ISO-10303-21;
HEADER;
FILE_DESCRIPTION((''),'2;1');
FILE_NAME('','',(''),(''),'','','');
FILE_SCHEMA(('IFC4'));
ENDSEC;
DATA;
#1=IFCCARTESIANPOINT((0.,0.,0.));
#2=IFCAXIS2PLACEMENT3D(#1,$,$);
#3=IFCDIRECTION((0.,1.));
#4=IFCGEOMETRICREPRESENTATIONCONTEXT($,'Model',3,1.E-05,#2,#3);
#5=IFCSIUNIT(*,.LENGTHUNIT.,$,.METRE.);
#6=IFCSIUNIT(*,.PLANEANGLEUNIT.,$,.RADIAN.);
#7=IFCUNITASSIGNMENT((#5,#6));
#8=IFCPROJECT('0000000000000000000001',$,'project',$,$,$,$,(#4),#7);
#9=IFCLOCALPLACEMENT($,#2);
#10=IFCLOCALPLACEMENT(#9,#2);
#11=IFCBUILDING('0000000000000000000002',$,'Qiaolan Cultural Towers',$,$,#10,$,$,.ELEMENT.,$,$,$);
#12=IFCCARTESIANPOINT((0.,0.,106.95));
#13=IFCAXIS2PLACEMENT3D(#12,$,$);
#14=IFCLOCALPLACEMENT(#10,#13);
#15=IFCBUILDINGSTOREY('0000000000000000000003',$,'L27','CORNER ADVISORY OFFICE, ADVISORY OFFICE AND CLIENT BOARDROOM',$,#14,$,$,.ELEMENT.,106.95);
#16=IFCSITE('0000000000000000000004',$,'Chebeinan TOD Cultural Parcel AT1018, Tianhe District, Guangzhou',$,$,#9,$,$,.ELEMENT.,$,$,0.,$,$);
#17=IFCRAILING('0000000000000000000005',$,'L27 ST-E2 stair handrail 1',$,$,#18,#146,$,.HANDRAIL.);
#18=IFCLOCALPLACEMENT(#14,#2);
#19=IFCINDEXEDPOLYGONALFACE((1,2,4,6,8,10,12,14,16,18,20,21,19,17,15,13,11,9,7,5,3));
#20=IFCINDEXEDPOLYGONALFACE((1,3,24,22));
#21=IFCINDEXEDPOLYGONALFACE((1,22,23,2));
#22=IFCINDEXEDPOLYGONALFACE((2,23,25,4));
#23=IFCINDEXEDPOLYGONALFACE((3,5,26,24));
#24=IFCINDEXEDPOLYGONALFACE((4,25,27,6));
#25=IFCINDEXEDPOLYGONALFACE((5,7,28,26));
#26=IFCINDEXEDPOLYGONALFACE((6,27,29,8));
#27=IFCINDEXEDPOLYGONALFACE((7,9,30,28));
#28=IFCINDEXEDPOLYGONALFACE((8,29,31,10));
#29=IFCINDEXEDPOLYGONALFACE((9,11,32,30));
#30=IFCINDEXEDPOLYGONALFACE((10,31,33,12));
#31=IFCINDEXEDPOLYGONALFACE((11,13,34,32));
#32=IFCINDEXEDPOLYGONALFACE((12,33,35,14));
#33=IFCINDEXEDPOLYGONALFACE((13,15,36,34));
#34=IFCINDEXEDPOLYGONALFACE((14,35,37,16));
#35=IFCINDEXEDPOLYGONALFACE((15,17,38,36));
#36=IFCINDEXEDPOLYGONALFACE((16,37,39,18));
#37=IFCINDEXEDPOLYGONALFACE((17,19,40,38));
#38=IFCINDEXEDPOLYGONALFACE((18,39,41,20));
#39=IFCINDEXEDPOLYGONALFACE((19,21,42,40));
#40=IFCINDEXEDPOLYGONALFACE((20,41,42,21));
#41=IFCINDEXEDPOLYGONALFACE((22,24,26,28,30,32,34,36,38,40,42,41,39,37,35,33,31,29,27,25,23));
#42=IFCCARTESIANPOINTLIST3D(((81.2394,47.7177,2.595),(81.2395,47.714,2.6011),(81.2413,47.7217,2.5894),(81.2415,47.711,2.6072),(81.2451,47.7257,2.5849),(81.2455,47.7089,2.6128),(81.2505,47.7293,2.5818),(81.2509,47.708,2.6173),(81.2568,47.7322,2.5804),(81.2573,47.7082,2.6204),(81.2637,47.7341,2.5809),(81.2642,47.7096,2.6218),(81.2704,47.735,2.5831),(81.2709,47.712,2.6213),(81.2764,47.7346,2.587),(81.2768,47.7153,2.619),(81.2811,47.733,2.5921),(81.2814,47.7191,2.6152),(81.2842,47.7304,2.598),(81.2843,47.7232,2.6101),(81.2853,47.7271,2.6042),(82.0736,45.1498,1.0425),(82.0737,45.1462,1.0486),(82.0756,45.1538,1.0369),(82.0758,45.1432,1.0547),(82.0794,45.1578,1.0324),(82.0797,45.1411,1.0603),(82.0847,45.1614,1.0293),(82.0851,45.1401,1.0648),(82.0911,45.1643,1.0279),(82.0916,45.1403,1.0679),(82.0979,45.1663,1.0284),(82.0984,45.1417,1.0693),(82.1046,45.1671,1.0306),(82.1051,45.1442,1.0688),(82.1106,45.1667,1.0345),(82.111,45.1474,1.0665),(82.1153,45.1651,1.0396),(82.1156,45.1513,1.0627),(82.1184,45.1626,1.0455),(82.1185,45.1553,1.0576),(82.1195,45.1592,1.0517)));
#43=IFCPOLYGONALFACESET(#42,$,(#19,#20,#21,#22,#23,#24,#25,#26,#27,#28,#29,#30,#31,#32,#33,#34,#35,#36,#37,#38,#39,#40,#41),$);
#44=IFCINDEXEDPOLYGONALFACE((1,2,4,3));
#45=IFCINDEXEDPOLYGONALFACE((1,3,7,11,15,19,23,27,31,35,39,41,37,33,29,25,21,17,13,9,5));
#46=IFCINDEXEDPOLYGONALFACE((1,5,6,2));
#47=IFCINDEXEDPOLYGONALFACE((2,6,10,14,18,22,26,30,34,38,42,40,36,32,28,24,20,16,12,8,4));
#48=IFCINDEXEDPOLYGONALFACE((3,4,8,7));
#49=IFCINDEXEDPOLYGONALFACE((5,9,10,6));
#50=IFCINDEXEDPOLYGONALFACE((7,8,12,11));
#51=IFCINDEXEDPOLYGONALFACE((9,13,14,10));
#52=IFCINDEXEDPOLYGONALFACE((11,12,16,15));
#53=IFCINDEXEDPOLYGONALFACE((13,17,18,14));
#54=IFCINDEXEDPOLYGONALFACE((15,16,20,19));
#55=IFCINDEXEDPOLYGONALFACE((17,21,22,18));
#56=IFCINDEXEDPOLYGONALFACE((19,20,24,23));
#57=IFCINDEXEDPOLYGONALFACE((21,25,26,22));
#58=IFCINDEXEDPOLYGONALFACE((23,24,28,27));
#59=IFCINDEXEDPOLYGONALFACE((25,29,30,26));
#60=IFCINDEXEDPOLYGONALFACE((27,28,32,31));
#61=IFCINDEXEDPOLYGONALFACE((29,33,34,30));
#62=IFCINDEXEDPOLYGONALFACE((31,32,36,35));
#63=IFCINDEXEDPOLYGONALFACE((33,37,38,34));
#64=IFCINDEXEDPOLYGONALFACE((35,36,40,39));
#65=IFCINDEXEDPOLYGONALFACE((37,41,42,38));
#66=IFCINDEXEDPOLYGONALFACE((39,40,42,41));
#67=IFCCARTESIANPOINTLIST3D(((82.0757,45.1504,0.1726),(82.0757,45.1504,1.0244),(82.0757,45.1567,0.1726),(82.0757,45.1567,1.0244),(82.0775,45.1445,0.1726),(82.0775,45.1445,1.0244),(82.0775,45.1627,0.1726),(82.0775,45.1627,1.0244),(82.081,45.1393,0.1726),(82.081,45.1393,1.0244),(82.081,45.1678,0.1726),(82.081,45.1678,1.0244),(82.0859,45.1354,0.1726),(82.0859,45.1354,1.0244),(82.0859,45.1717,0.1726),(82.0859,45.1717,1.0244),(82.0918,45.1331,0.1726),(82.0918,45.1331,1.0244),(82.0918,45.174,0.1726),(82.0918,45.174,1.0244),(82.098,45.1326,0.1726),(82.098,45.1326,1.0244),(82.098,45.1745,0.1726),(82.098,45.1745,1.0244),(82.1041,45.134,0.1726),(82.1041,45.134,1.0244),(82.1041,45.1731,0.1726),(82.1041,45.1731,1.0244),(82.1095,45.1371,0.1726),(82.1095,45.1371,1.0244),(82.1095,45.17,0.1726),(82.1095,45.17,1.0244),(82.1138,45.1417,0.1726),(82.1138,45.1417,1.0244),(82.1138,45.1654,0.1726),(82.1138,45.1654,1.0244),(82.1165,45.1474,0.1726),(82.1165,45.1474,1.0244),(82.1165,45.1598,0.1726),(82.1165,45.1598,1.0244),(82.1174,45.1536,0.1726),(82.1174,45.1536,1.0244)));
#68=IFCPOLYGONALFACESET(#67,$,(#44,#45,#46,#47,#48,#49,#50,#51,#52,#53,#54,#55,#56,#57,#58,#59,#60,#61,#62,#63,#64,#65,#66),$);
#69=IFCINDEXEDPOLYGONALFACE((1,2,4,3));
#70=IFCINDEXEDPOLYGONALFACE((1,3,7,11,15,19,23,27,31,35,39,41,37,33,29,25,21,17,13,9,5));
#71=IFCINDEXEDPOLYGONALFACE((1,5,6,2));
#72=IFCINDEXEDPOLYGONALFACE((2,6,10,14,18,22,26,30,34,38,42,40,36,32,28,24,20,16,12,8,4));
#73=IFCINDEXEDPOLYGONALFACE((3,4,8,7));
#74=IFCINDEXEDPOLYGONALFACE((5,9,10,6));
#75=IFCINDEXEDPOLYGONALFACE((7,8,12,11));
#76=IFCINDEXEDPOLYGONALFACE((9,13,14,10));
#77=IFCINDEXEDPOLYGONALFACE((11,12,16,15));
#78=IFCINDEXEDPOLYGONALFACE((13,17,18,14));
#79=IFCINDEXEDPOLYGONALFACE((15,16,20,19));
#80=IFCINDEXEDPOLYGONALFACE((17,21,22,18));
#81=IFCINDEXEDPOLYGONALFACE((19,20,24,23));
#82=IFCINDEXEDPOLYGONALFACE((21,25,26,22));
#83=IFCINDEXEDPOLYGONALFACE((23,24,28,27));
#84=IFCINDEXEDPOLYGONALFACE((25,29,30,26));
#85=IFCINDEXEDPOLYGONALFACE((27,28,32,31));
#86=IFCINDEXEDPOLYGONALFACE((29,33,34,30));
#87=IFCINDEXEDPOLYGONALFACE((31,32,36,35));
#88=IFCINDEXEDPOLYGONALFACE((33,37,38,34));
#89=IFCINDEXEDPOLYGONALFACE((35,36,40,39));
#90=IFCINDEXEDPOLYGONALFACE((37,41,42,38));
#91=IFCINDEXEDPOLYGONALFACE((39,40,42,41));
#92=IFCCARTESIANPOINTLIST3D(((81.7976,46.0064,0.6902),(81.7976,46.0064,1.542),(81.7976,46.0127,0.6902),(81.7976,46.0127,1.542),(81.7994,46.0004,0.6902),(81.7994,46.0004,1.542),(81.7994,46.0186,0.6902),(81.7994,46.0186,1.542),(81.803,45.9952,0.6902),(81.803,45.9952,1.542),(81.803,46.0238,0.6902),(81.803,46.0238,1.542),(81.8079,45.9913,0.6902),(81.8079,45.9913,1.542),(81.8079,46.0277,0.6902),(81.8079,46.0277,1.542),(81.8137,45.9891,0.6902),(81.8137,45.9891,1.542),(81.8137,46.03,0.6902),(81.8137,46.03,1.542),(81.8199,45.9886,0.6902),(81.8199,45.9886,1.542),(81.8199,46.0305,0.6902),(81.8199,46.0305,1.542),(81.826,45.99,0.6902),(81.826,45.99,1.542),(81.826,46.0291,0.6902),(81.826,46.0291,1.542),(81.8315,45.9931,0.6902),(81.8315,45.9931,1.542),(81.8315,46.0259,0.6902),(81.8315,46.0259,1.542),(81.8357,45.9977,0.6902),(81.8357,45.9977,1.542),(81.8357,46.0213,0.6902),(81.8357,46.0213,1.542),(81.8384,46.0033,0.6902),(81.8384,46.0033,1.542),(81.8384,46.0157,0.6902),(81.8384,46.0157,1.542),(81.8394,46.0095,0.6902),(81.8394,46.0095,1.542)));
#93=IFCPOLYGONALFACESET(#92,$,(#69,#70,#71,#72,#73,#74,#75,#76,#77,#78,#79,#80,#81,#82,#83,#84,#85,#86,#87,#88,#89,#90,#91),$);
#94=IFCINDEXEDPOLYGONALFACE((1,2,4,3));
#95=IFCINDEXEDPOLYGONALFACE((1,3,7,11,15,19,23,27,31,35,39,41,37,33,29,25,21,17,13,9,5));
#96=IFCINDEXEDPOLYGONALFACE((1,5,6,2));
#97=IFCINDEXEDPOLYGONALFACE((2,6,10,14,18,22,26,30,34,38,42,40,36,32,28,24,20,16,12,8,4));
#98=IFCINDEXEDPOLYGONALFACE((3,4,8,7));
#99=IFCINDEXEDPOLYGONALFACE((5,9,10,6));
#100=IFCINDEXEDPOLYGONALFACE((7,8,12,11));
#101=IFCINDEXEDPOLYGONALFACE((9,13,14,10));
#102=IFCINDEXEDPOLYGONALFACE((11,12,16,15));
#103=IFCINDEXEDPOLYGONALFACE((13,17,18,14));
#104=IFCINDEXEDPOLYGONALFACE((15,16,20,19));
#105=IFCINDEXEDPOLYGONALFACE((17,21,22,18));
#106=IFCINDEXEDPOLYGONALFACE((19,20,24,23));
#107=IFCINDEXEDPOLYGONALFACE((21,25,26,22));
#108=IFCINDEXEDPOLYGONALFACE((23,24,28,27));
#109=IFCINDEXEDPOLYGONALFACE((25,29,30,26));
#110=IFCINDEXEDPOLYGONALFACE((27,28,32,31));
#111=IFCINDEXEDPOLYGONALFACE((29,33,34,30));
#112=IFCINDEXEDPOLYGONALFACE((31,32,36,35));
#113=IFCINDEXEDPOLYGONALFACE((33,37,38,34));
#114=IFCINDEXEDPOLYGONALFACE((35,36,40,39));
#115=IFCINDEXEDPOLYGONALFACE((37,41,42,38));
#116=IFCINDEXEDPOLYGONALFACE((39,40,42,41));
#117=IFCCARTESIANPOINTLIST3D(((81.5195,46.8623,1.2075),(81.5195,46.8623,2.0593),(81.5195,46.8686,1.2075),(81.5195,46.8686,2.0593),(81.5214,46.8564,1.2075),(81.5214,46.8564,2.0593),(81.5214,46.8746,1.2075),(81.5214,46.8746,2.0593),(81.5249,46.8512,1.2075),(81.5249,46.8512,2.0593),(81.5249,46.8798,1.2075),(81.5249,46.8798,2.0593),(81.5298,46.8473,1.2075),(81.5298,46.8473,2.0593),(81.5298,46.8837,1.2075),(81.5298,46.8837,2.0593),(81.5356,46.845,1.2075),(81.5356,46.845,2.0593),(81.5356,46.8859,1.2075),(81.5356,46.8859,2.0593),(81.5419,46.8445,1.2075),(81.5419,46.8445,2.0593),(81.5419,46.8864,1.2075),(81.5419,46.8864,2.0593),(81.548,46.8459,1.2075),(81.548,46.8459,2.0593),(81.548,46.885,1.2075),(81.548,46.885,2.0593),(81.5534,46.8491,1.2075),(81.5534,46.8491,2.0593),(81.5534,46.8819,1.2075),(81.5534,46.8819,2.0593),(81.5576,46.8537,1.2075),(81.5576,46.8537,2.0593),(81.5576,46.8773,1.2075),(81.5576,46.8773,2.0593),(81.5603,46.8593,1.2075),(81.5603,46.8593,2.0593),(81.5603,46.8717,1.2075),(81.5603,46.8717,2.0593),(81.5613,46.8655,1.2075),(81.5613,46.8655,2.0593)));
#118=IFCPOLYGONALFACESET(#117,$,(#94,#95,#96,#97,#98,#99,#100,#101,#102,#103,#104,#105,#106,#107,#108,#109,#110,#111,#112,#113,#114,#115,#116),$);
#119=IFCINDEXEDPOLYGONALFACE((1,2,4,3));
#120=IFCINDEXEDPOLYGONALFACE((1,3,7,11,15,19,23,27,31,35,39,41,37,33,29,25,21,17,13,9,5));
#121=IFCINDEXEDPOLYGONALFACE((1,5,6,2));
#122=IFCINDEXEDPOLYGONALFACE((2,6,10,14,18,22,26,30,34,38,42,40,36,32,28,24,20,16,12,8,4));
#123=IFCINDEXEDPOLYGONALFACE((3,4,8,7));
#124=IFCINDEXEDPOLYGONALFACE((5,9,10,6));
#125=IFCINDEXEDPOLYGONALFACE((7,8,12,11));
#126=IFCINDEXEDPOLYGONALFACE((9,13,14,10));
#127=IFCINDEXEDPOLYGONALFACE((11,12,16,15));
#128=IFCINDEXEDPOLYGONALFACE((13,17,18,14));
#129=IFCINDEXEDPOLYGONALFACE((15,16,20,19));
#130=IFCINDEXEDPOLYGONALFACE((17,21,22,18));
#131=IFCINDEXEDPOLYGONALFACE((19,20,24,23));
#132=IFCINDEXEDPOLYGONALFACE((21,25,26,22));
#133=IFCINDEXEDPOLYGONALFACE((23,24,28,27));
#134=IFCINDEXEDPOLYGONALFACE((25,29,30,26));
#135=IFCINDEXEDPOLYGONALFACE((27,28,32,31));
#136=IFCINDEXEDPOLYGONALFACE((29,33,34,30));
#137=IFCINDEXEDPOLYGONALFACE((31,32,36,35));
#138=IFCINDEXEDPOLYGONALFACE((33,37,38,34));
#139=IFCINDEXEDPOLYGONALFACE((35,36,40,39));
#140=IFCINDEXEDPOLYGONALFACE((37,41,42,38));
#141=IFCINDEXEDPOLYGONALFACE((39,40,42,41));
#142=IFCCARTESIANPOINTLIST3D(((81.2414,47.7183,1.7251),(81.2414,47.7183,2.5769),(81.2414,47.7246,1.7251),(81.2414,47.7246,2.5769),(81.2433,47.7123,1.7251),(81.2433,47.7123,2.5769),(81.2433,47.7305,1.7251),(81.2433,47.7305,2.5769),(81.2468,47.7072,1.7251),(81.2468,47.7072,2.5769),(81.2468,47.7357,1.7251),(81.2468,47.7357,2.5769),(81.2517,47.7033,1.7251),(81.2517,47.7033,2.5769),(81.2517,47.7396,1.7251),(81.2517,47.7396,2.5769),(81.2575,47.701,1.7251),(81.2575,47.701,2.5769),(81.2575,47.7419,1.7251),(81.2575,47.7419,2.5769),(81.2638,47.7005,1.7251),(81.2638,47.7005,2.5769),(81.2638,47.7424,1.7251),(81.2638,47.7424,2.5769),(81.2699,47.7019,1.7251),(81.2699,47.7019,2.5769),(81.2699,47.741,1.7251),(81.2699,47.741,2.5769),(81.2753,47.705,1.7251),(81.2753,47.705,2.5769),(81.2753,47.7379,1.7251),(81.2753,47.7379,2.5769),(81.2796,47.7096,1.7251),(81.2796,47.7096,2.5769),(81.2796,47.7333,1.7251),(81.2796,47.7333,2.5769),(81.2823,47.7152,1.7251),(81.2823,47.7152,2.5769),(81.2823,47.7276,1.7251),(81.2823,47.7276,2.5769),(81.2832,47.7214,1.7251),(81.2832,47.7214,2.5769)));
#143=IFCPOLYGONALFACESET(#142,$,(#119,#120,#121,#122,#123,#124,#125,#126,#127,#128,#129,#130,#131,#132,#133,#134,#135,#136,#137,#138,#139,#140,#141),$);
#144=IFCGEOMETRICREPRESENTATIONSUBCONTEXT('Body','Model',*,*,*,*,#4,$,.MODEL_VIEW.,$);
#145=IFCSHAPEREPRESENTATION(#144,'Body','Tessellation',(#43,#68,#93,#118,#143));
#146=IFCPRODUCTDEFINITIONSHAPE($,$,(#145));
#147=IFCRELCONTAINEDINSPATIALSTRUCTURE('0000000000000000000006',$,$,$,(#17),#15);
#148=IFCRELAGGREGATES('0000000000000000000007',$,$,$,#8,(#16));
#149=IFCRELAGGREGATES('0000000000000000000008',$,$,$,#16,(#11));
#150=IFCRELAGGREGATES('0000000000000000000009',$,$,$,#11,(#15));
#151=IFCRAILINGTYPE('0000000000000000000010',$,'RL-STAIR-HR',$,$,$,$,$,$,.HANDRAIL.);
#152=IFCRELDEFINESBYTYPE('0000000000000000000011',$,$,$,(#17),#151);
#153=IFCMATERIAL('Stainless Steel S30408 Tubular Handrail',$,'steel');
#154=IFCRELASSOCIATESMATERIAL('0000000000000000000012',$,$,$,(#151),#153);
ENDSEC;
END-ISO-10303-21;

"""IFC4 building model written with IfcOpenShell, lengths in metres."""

from ifc_helpers import new_model, si_unit, direction, frame, origin, origin_2d, place, context, subcontext, project, spatial, circle, extrude, material, type_object, element, save


model = new_model("IFC4")

# Units and contexts
model_context = context("Model", 3, precision=1e-05, world=origin(), true_north=direction((0.0, 1.0)))
body_context = subcontext(model_context, "Body", "Model", "MODEL_VIEW")
ifc_project = project(units=[si_unit("LENGTHUNIT", "METRE"), si_unit("PLANEANGLEUNIT", "RADIAN")], contexts=[model_context])

# Site, building, storey
site_placement = place(None, origin())
site = spatial("IfcSite", under=ifc_project, at=site_placement, Name="Chebeinan TOD Cultural Parcel AT1018, Tianhe District, Guangzhou", CompositionType="ELEMENT", RefElevation=0.0)
building_placement = place(site_placement, origin())
building = spatial("IfcBuilding", under=site, at=building_placement, Name="Qiaolan Cultural Towers", CompositionType="ELEMENT")
storey_placement = place(building_placement, frame((0.0, 0.0, 106.95)))
storey = spatial("IfcBuildingStorey", under=building, at=storey_placement, Name="L27", Description="CORNER ADVISORY OFFICE, ADVISORY OFFICE AND CLIENT BOARDROOM", CompositionType="ELEMENT", Elevation=106.95)

# Railing
ifc_material_1 = material(Name="Stainless Steel S30408 Tubular Handrail", Category="steel")
railing_type_1 = type_object("IfcRailingType", Name="RL-STAIR-HR", PredefinedType="HANDRAIL", material=ifc_material_1)
railing_1_placement = place(storey_placement, frame((82.0964, 45.1536, 0.1726)))
element("IfcRailing", 1, at=railing_1_placement, inside=storey, type_object=railing_type_1, Name="L27 ST-E2 stair handrail 1", PredefinedType="HANDRAIL", context=body_context, shape_type="SweptSolid", body=[
    extrude(circle(Radius=0.0239, at=origin_2d()), frame((0.0, 0.0, 0.876), z_axis=(-0.267853, 0.824488, 0.498471), x_axis=(-0.95107, -0.308976, 0.0)), (0.0, 0.0, 1.0), 3.1145),
    extrude(circle(Radius=0.021, at=origin_2d()), origin(), (0.0, 0.0, 1.0), 0.8518),
    extrude(circle(Radius=0.021, at=origin_2d()), frame((-0.2781, 0.856, 0.5176)), (0.0, 0.0, 1.0), 0.8518),
    extrude(circle(Radius=0.021, at=origin_2d()), frame((-0.5562, 1.7119, 1.0349)), (0.0, 0.0, 1.0), 0.8518),
    extrude(circle(Radius=0.021, at=origin_2d()), frame((-0.8342, 2.5679, 1.5525)), (0.0, 0.0, 1.0), 0.8518),
])

save(model, "model.ifc")
